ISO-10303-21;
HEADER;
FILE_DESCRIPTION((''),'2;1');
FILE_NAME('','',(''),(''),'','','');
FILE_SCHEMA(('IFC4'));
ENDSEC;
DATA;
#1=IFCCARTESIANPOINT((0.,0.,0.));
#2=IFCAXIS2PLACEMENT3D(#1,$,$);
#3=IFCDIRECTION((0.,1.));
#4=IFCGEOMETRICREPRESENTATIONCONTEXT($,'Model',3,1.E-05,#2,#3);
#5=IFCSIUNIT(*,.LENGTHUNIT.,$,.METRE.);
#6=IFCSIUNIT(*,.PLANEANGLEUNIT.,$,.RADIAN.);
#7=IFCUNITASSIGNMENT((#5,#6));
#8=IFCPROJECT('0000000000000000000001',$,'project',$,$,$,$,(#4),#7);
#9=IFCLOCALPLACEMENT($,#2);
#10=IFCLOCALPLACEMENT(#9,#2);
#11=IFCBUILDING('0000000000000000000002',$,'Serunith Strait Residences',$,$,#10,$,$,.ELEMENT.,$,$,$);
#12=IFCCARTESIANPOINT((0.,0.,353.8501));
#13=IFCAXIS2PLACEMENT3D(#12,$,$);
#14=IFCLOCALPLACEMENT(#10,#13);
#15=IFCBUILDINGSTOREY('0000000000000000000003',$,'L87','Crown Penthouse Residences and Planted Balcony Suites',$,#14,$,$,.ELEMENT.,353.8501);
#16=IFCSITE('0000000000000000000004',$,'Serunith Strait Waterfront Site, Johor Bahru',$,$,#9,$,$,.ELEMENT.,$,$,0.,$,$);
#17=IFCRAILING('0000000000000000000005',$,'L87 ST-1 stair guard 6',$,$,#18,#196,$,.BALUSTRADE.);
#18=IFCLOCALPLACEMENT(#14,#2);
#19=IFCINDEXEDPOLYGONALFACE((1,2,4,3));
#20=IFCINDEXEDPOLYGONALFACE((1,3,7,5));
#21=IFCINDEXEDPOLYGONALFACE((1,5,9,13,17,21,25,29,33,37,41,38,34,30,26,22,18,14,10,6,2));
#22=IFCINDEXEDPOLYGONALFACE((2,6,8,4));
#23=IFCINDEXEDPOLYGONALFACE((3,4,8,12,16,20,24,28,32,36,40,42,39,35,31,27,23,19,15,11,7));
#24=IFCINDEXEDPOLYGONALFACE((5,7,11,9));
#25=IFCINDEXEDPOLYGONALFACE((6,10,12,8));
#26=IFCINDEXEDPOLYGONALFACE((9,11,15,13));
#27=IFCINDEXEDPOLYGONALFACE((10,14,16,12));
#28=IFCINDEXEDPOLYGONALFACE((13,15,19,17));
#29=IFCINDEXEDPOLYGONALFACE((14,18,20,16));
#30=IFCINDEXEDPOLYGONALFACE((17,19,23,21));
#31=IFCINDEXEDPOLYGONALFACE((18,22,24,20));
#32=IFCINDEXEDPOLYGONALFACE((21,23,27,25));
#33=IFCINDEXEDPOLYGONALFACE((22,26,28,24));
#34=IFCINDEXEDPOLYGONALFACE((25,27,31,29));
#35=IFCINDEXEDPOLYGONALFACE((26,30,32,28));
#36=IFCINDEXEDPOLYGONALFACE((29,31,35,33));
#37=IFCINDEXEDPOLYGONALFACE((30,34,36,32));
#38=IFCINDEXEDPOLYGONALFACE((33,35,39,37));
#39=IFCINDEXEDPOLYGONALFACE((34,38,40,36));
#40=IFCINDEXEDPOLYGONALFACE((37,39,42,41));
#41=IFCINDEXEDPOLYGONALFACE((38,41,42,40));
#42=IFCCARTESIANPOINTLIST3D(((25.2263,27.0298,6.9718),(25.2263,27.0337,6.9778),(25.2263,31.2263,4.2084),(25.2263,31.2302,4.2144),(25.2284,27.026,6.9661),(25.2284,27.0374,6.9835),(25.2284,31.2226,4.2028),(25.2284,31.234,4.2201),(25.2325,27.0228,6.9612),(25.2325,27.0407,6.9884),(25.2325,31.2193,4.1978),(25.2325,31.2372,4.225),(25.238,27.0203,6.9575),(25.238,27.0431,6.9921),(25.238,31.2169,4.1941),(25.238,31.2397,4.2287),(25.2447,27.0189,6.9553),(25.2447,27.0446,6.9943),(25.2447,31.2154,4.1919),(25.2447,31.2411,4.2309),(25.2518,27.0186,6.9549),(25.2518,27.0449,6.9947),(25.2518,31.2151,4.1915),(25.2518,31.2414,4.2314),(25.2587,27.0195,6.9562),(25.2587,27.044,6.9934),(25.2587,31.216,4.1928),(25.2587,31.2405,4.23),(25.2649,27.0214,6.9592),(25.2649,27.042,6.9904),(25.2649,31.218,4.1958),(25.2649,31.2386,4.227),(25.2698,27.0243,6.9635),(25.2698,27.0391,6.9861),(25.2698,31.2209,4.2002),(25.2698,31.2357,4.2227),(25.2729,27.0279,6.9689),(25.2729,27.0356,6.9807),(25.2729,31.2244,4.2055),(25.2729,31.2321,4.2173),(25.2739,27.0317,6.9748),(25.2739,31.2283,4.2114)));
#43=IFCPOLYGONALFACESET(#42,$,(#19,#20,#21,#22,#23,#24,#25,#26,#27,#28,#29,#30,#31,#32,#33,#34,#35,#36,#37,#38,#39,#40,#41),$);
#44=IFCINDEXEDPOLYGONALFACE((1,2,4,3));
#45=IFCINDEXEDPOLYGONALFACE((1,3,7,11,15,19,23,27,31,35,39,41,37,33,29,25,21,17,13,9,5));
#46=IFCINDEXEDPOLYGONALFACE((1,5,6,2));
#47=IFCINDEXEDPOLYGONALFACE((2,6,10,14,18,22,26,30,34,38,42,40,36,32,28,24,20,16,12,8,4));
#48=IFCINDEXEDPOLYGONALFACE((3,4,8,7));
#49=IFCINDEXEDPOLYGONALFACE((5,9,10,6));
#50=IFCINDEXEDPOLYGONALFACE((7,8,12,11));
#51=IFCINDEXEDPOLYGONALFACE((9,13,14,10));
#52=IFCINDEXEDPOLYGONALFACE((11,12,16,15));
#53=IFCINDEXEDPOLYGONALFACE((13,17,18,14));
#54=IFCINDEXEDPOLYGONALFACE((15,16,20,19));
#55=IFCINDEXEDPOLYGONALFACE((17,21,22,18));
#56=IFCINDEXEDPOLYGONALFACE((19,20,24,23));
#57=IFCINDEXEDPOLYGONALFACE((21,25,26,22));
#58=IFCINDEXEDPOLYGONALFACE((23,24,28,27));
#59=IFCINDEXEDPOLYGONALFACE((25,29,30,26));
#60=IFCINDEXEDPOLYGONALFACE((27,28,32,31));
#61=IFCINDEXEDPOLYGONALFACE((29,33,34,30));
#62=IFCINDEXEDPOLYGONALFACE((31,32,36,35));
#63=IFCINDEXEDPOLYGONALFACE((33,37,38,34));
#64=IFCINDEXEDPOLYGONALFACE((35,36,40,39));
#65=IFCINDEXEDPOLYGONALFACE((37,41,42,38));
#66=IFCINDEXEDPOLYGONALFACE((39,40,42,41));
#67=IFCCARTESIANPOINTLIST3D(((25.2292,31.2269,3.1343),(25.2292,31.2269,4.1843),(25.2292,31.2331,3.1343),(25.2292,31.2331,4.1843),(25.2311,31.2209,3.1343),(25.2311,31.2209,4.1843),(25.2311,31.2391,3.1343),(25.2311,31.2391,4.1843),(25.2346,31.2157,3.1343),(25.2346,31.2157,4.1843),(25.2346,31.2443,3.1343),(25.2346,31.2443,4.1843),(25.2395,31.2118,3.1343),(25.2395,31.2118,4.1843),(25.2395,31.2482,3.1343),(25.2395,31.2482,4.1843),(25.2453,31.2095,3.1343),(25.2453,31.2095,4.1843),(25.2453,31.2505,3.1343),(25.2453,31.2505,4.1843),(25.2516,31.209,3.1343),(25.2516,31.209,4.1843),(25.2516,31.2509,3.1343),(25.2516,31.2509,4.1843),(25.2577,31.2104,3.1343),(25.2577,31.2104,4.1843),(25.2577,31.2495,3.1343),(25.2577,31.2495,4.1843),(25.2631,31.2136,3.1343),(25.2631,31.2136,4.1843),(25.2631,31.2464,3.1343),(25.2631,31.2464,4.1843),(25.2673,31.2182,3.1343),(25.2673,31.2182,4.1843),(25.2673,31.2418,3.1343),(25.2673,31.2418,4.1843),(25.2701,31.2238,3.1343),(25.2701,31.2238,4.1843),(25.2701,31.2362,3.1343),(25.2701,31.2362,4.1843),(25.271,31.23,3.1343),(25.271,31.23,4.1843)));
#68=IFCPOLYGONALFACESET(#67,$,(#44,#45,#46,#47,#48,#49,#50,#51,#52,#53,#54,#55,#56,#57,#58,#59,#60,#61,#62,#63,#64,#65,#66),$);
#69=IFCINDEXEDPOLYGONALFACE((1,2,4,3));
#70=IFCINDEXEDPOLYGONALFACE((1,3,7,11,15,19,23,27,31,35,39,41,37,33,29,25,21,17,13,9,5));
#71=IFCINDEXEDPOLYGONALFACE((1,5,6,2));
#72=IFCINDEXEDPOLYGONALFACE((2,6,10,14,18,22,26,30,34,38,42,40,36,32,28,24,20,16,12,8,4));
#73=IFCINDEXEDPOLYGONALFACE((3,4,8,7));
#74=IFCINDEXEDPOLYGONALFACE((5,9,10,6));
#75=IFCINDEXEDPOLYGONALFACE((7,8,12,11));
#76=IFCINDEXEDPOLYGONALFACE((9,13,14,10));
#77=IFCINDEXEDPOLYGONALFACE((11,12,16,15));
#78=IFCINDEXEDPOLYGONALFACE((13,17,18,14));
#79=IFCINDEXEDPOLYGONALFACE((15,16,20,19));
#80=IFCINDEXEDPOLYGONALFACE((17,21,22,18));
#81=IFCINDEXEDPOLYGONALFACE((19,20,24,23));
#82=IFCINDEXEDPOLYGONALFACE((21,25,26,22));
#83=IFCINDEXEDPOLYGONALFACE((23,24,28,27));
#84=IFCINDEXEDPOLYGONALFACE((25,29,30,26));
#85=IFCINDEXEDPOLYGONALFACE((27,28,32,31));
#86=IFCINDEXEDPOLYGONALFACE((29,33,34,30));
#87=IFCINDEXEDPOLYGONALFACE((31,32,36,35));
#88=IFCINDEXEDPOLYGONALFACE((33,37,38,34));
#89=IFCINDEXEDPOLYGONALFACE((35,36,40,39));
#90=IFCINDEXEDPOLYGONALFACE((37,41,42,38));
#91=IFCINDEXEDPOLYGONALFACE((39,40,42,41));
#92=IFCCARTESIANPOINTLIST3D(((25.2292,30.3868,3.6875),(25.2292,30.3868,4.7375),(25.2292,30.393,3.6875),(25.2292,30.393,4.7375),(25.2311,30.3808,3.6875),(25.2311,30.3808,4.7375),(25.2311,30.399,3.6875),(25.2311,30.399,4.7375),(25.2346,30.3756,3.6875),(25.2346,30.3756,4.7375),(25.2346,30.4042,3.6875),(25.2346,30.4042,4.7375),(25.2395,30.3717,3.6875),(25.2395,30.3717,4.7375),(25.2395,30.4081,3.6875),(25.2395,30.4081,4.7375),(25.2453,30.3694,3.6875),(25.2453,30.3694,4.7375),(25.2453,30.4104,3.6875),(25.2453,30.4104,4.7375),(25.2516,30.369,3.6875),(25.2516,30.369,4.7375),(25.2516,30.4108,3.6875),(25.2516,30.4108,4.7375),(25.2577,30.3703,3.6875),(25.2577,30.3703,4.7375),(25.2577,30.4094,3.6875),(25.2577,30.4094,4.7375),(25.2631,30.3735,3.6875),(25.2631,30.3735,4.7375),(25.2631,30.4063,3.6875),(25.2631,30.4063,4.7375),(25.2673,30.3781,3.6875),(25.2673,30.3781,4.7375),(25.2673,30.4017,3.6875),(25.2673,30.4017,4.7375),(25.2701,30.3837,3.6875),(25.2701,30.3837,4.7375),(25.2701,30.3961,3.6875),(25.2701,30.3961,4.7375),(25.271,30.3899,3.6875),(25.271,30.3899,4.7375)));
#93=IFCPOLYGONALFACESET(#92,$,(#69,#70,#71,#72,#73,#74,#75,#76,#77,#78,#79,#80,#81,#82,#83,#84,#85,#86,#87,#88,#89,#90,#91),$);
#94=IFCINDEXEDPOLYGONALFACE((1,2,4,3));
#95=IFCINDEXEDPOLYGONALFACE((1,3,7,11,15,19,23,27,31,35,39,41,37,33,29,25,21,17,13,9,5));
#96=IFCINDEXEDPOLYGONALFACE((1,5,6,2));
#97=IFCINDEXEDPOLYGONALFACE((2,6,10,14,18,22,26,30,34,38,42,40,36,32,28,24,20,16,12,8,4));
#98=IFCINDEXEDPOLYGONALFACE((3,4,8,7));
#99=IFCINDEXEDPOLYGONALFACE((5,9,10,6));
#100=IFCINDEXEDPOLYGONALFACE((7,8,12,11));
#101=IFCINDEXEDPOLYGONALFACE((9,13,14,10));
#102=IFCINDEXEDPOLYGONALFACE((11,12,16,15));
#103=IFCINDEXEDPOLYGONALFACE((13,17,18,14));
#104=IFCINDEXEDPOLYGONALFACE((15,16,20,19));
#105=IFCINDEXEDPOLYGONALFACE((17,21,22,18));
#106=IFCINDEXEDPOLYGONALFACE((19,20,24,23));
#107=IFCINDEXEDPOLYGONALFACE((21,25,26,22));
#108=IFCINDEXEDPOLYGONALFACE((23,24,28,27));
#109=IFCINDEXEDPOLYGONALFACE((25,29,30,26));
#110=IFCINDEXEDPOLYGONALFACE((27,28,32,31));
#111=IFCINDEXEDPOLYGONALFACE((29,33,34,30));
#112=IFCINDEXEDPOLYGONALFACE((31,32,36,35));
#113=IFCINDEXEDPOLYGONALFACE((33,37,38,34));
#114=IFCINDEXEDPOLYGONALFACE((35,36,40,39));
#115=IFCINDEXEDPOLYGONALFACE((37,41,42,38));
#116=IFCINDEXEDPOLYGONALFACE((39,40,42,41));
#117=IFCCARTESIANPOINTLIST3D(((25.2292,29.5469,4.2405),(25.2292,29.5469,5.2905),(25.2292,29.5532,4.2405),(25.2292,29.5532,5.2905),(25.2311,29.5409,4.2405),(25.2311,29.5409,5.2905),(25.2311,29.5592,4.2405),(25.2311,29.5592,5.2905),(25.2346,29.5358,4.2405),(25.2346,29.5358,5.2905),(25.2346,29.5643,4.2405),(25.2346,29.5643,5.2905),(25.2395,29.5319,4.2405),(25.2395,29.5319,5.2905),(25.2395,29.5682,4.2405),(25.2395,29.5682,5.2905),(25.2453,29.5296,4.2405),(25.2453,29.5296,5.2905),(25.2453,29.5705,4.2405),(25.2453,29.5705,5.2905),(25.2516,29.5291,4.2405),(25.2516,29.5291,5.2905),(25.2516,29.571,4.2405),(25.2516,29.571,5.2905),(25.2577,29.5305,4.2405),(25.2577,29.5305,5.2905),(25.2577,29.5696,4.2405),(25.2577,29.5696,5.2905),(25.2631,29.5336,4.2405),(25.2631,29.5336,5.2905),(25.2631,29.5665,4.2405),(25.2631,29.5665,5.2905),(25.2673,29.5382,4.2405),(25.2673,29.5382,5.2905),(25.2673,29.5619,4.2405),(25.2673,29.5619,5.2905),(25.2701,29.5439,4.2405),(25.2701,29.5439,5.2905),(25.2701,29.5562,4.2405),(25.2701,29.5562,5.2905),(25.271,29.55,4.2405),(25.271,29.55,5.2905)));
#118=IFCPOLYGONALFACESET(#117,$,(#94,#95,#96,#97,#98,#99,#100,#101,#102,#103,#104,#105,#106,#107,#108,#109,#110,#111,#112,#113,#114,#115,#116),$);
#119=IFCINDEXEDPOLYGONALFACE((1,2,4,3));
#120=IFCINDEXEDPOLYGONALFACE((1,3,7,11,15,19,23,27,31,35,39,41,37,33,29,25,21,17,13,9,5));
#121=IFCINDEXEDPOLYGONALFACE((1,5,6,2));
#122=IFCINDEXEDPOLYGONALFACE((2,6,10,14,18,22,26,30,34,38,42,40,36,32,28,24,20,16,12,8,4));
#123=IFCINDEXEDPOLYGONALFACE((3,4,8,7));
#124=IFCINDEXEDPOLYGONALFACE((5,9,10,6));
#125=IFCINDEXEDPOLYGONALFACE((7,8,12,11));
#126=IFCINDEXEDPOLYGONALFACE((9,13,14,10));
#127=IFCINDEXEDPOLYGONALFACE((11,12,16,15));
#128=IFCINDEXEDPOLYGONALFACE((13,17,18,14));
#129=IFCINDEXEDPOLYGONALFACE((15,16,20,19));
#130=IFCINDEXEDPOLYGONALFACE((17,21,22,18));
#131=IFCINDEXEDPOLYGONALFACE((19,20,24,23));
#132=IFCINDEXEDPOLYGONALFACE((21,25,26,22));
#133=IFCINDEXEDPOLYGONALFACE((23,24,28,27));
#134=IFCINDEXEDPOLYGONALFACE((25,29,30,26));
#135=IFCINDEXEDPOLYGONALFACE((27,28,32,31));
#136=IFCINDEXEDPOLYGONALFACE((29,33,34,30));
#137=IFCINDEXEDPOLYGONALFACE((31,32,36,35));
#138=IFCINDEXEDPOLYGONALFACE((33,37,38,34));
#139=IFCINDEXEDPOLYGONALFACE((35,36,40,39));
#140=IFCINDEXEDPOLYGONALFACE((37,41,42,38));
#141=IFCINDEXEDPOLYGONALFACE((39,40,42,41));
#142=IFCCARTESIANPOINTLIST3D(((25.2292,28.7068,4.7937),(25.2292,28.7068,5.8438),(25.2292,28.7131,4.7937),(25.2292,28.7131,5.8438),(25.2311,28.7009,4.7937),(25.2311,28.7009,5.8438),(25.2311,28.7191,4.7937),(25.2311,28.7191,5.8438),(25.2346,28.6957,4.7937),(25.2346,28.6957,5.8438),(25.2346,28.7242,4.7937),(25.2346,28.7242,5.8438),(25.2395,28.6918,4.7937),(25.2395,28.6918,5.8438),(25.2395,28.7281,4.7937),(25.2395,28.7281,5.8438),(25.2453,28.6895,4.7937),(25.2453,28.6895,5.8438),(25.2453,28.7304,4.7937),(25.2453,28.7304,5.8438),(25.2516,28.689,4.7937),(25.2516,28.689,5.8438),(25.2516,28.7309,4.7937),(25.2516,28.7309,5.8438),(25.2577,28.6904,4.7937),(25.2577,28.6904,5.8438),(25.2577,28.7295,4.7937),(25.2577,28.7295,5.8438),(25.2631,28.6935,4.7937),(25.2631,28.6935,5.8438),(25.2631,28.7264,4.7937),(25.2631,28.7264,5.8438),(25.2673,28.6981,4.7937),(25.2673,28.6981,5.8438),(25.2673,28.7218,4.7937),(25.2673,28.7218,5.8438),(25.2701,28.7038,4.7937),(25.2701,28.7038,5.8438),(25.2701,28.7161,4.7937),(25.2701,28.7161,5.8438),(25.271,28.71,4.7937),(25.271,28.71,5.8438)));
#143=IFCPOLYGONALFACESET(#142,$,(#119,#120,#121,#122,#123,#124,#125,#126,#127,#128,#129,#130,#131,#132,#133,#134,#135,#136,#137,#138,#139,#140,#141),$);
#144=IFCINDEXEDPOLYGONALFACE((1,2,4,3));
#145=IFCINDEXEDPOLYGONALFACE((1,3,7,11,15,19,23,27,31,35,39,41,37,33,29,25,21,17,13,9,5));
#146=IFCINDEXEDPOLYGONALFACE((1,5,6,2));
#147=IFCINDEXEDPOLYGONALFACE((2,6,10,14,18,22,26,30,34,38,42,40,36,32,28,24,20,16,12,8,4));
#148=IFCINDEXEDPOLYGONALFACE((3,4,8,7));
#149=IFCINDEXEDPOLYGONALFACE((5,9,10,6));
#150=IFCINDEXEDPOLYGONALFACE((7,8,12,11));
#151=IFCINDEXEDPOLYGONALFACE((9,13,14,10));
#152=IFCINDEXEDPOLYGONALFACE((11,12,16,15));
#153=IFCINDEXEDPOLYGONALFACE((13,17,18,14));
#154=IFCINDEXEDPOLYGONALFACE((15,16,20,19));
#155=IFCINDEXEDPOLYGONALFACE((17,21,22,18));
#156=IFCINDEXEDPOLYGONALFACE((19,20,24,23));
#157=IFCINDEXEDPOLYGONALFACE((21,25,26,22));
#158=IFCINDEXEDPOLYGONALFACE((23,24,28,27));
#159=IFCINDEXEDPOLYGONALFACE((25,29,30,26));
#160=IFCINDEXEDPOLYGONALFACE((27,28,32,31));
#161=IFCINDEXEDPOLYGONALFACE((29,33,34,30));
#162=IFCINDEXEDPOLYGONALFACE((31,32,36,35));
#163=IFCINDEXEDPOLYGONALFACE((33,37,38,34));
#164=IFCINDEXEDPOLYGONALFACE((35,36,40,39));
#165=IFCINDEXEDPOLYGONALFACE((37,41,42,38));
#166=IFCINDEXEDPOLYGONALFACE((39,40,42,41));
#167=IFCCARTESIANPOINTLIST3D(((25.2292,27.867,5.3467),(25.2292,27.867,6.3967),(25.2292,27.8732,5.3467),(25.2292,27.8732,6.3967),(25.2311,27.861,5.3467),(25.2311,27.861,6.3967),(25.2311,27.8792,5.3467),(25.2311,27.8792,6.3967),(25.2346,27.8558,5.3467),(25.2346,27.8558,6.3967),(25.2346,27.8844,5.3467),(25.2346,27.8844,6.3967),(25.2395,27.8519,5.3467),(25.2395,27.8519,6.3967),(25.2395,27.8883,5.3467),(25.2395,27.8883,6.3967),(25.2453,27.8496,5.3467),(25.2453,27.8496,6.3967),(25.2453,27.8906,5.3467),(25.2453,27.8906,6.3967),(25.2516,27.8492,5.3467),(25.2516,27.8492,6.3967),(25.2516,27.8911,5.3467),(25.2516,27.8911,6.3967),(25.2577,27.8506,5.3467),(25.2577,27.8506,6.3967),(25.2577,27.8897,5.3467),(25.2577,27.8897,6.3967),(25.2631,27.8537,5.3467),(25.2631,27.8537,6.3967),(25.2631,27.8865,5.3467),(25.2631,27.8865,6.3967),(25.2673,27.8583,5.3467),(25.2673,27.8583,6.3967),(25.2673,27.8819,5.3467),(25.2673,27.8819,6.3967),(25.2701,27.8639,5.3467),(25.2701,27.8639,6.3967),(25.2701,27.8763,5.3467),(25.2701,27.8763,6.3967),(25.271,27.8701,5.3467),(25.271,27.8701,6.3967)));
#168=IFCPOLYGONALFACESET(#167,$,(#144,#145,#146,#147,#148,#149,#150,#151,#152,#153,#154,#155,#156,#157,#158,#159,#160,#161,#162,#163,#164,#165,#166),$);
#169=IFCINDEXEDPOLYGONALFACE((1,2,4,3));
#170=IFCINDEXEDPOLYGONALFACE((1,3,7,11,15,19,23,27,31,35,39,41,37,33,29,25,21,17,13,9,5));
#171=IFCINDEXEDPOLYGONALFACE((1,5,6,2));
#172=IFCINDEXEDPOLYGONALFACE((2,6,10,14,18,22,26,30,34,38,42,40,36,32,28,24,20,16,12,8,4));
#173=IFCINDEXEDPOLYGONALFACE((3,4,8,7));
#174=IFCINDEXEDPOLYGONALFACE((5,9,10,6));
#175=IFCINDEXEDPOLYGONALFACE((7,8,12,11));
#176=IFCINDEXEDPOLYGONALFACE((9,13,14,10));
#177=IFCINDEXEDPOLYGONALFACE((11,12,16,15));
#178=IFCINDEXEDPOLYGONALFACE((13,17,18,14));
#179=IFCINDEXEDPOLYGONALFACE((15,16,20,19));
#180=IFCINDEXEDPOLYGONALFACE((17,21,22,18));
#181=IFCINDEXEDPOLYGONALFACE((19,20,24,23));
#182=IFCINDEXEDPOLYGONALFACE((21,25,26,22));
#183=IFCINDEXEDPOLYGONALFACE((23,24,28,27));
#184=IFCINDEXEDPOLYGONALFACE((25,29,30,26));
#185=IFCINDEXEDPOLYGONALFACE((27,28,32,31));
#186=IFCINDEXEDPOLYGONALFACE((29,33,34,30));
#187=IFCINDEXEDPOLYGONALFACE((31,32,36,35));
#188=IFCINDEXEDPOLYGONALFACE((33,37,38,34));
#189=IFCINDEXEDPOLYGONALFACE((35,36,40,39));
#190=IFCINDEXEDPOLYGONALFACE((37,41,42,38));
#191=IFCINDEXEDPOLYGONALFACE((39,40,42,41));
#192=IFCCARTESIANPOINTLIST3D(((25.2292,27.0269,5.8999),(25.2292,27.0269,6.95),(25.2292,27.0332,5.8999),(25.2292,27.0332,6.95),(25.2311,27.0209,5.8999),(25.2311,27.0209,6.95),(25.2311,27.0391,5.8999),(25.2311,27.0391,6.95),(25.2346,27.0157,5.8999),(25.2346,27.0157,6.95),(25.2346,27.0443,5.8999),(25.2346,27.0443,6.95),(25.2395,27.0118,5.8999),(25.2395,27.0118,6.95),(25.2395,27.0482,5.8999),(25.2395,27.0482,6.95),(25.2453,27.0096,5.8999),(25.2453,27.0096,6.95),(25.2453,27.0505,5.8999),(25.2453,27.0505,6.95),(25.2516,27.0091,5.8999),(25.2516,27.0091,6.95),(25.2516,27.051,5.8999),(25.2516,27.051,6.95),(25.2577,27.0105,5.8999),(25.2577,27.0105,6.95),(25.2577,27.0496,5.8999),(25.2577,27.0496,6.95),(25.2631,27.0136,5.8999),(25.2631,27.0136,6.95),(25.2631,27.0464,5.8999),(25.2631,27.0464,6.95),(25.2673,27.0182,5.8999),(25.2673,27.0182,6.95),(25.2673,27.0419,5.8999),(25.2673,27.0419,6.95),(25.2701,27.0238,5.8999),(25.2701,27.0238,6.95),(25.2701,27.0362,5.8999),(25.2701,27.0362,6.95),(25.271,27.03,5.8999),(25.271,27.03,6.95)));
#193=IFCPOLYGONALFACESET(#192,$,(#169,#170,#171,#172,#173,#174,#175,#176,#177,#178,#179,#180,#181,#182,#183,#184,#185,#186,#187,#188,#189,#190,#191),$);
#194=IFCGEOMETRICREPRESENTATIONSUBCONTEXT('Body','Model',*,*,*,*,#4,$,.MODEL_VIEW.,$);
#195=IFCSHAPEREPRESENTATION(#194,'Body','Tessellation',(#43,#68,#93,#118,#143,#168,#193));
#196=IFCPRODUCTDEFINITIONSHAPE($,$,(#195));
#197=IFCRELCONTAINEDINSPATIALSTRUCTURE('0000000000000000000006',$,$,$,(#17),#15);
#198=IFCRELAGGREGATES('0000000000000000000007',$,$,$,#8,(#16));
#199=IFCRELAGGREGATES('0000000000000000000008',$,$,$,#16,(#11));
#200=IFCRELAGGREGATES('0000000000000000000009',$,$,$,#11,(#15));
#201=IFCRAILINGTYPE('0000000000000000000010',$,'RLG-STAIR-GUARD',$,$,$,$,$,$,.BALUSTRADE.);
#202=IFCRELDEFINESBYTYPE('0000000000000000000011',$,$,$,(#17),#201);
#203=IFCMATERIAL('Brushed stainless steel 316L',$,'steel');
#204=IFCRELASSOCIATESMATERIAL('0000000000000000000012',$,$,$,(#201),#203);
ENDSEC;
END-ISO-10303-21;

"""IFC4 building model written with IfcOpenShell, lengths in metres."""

from ifc_helpers import new_model, si_unit, direction, frame, origin, origin_2d, place, context, subcontext, project, spatial, circle, extrude, material, type_object, element, save


model = new_model("IFC4")

# Units and contexts
model_context = context("Model", 3, precision=1e-05, world=origin(), true_north=direction((0.0, 1.0)))
body_context = subcontext(model_context, "Body", "Model", "MODEL_VIEW")
ifc_project = project(units=[si_unit("LENGTHUNIT", "METRE"), si_unit("PLANEANGLEUNIT", "RADIAN")], contexts=[model_context])

# Site, building, storey
site_placement = place(None, origin())
site = spatial("IfcSite", under=ifc_project, at=site_placement, Name="Serunith Strait Waterfront Site, Johor Bahru", CompositionType="ELEMENT", RefElevation=0.0)
building_placement = place(site_placement, origin())
building = spatial("IfcBuilding", under=site, at=building_placement, Name="Serunith Strait Residences", CompositionType="ELEMENT")
storey_placement = place(building_placement, frame((0.0, 0.0, 353.8501)))
storey = spatial("IfcBuildingStorey", under=building, at=storey_placement, Name="L87", Description="Crown Penthouse Residences and Planted Balcony Suites", CompositionType="ELEMENT", Elevation=353.8501)

# Railing
ifc_material_1 = material(Name="Brushed stainless steel 316L", Category="steel")
railing_type_1 = type_object("IfcRailingType", Name="RLG-STAIR-GUARD", PredefinedType="BALUSTRADE", material=ifc_material_1)
railing_1_placement = place(storey_placement, frame((25.25, 31.23, 3.1343)))
element("IfcRailing", 1, at=railing_1_placement, inside=storey, type_object=railing_type_1, Name="L87 ST-1 stair guard 6", PredefinedType="BALUSTRADE", context=body_context, shape_type="SweptSolid", body=[
    extrude(circle(Radius=0.0239, at=origin_2d()), frame((0.0, -0.0017, 1.0771), z_axis=(0.0, -0.835189, 0.549963), x_axis=(1.0, 0.0, 0.0)), (0.0, 0.0, 1.0), 5.0247),
    extrude(circle(Radius=0.021, at=origin_2d()), origin(), (0.0, 0.0, 1.0), 1.05),
    extrude(circle(Radius=0.021, at=origin_2d()), frame((0.0, -0.8401, 0.5532)), (0.0, 0.0, 1.0), 1.05),
    extrude(circle(Radius=0.021, at=origin_2d()), frame((0.0, -1.6799, 1.1062)), (0.0, 0.0, 1.0), 1.05),
    extrude(circle(Radius=0.021, at=origin_2d()), frame((0.0, -2.52, 1.6594)), (0.0, 0.0, 1.0), 1.05),
    extrude(circle(Radius=0.021, at=origin_2d()), frame((0.0, -3.3599, 2.2124)), (0.0, 0.0, 1.0), 1.05),
    extrude(circle(Radius=0.021, at=origin_2d()), frame((0.0, -4.2, 2.7656)), (0.0, 0.0, 1.0), 1.05),
])

save(model, "model.ifc")
